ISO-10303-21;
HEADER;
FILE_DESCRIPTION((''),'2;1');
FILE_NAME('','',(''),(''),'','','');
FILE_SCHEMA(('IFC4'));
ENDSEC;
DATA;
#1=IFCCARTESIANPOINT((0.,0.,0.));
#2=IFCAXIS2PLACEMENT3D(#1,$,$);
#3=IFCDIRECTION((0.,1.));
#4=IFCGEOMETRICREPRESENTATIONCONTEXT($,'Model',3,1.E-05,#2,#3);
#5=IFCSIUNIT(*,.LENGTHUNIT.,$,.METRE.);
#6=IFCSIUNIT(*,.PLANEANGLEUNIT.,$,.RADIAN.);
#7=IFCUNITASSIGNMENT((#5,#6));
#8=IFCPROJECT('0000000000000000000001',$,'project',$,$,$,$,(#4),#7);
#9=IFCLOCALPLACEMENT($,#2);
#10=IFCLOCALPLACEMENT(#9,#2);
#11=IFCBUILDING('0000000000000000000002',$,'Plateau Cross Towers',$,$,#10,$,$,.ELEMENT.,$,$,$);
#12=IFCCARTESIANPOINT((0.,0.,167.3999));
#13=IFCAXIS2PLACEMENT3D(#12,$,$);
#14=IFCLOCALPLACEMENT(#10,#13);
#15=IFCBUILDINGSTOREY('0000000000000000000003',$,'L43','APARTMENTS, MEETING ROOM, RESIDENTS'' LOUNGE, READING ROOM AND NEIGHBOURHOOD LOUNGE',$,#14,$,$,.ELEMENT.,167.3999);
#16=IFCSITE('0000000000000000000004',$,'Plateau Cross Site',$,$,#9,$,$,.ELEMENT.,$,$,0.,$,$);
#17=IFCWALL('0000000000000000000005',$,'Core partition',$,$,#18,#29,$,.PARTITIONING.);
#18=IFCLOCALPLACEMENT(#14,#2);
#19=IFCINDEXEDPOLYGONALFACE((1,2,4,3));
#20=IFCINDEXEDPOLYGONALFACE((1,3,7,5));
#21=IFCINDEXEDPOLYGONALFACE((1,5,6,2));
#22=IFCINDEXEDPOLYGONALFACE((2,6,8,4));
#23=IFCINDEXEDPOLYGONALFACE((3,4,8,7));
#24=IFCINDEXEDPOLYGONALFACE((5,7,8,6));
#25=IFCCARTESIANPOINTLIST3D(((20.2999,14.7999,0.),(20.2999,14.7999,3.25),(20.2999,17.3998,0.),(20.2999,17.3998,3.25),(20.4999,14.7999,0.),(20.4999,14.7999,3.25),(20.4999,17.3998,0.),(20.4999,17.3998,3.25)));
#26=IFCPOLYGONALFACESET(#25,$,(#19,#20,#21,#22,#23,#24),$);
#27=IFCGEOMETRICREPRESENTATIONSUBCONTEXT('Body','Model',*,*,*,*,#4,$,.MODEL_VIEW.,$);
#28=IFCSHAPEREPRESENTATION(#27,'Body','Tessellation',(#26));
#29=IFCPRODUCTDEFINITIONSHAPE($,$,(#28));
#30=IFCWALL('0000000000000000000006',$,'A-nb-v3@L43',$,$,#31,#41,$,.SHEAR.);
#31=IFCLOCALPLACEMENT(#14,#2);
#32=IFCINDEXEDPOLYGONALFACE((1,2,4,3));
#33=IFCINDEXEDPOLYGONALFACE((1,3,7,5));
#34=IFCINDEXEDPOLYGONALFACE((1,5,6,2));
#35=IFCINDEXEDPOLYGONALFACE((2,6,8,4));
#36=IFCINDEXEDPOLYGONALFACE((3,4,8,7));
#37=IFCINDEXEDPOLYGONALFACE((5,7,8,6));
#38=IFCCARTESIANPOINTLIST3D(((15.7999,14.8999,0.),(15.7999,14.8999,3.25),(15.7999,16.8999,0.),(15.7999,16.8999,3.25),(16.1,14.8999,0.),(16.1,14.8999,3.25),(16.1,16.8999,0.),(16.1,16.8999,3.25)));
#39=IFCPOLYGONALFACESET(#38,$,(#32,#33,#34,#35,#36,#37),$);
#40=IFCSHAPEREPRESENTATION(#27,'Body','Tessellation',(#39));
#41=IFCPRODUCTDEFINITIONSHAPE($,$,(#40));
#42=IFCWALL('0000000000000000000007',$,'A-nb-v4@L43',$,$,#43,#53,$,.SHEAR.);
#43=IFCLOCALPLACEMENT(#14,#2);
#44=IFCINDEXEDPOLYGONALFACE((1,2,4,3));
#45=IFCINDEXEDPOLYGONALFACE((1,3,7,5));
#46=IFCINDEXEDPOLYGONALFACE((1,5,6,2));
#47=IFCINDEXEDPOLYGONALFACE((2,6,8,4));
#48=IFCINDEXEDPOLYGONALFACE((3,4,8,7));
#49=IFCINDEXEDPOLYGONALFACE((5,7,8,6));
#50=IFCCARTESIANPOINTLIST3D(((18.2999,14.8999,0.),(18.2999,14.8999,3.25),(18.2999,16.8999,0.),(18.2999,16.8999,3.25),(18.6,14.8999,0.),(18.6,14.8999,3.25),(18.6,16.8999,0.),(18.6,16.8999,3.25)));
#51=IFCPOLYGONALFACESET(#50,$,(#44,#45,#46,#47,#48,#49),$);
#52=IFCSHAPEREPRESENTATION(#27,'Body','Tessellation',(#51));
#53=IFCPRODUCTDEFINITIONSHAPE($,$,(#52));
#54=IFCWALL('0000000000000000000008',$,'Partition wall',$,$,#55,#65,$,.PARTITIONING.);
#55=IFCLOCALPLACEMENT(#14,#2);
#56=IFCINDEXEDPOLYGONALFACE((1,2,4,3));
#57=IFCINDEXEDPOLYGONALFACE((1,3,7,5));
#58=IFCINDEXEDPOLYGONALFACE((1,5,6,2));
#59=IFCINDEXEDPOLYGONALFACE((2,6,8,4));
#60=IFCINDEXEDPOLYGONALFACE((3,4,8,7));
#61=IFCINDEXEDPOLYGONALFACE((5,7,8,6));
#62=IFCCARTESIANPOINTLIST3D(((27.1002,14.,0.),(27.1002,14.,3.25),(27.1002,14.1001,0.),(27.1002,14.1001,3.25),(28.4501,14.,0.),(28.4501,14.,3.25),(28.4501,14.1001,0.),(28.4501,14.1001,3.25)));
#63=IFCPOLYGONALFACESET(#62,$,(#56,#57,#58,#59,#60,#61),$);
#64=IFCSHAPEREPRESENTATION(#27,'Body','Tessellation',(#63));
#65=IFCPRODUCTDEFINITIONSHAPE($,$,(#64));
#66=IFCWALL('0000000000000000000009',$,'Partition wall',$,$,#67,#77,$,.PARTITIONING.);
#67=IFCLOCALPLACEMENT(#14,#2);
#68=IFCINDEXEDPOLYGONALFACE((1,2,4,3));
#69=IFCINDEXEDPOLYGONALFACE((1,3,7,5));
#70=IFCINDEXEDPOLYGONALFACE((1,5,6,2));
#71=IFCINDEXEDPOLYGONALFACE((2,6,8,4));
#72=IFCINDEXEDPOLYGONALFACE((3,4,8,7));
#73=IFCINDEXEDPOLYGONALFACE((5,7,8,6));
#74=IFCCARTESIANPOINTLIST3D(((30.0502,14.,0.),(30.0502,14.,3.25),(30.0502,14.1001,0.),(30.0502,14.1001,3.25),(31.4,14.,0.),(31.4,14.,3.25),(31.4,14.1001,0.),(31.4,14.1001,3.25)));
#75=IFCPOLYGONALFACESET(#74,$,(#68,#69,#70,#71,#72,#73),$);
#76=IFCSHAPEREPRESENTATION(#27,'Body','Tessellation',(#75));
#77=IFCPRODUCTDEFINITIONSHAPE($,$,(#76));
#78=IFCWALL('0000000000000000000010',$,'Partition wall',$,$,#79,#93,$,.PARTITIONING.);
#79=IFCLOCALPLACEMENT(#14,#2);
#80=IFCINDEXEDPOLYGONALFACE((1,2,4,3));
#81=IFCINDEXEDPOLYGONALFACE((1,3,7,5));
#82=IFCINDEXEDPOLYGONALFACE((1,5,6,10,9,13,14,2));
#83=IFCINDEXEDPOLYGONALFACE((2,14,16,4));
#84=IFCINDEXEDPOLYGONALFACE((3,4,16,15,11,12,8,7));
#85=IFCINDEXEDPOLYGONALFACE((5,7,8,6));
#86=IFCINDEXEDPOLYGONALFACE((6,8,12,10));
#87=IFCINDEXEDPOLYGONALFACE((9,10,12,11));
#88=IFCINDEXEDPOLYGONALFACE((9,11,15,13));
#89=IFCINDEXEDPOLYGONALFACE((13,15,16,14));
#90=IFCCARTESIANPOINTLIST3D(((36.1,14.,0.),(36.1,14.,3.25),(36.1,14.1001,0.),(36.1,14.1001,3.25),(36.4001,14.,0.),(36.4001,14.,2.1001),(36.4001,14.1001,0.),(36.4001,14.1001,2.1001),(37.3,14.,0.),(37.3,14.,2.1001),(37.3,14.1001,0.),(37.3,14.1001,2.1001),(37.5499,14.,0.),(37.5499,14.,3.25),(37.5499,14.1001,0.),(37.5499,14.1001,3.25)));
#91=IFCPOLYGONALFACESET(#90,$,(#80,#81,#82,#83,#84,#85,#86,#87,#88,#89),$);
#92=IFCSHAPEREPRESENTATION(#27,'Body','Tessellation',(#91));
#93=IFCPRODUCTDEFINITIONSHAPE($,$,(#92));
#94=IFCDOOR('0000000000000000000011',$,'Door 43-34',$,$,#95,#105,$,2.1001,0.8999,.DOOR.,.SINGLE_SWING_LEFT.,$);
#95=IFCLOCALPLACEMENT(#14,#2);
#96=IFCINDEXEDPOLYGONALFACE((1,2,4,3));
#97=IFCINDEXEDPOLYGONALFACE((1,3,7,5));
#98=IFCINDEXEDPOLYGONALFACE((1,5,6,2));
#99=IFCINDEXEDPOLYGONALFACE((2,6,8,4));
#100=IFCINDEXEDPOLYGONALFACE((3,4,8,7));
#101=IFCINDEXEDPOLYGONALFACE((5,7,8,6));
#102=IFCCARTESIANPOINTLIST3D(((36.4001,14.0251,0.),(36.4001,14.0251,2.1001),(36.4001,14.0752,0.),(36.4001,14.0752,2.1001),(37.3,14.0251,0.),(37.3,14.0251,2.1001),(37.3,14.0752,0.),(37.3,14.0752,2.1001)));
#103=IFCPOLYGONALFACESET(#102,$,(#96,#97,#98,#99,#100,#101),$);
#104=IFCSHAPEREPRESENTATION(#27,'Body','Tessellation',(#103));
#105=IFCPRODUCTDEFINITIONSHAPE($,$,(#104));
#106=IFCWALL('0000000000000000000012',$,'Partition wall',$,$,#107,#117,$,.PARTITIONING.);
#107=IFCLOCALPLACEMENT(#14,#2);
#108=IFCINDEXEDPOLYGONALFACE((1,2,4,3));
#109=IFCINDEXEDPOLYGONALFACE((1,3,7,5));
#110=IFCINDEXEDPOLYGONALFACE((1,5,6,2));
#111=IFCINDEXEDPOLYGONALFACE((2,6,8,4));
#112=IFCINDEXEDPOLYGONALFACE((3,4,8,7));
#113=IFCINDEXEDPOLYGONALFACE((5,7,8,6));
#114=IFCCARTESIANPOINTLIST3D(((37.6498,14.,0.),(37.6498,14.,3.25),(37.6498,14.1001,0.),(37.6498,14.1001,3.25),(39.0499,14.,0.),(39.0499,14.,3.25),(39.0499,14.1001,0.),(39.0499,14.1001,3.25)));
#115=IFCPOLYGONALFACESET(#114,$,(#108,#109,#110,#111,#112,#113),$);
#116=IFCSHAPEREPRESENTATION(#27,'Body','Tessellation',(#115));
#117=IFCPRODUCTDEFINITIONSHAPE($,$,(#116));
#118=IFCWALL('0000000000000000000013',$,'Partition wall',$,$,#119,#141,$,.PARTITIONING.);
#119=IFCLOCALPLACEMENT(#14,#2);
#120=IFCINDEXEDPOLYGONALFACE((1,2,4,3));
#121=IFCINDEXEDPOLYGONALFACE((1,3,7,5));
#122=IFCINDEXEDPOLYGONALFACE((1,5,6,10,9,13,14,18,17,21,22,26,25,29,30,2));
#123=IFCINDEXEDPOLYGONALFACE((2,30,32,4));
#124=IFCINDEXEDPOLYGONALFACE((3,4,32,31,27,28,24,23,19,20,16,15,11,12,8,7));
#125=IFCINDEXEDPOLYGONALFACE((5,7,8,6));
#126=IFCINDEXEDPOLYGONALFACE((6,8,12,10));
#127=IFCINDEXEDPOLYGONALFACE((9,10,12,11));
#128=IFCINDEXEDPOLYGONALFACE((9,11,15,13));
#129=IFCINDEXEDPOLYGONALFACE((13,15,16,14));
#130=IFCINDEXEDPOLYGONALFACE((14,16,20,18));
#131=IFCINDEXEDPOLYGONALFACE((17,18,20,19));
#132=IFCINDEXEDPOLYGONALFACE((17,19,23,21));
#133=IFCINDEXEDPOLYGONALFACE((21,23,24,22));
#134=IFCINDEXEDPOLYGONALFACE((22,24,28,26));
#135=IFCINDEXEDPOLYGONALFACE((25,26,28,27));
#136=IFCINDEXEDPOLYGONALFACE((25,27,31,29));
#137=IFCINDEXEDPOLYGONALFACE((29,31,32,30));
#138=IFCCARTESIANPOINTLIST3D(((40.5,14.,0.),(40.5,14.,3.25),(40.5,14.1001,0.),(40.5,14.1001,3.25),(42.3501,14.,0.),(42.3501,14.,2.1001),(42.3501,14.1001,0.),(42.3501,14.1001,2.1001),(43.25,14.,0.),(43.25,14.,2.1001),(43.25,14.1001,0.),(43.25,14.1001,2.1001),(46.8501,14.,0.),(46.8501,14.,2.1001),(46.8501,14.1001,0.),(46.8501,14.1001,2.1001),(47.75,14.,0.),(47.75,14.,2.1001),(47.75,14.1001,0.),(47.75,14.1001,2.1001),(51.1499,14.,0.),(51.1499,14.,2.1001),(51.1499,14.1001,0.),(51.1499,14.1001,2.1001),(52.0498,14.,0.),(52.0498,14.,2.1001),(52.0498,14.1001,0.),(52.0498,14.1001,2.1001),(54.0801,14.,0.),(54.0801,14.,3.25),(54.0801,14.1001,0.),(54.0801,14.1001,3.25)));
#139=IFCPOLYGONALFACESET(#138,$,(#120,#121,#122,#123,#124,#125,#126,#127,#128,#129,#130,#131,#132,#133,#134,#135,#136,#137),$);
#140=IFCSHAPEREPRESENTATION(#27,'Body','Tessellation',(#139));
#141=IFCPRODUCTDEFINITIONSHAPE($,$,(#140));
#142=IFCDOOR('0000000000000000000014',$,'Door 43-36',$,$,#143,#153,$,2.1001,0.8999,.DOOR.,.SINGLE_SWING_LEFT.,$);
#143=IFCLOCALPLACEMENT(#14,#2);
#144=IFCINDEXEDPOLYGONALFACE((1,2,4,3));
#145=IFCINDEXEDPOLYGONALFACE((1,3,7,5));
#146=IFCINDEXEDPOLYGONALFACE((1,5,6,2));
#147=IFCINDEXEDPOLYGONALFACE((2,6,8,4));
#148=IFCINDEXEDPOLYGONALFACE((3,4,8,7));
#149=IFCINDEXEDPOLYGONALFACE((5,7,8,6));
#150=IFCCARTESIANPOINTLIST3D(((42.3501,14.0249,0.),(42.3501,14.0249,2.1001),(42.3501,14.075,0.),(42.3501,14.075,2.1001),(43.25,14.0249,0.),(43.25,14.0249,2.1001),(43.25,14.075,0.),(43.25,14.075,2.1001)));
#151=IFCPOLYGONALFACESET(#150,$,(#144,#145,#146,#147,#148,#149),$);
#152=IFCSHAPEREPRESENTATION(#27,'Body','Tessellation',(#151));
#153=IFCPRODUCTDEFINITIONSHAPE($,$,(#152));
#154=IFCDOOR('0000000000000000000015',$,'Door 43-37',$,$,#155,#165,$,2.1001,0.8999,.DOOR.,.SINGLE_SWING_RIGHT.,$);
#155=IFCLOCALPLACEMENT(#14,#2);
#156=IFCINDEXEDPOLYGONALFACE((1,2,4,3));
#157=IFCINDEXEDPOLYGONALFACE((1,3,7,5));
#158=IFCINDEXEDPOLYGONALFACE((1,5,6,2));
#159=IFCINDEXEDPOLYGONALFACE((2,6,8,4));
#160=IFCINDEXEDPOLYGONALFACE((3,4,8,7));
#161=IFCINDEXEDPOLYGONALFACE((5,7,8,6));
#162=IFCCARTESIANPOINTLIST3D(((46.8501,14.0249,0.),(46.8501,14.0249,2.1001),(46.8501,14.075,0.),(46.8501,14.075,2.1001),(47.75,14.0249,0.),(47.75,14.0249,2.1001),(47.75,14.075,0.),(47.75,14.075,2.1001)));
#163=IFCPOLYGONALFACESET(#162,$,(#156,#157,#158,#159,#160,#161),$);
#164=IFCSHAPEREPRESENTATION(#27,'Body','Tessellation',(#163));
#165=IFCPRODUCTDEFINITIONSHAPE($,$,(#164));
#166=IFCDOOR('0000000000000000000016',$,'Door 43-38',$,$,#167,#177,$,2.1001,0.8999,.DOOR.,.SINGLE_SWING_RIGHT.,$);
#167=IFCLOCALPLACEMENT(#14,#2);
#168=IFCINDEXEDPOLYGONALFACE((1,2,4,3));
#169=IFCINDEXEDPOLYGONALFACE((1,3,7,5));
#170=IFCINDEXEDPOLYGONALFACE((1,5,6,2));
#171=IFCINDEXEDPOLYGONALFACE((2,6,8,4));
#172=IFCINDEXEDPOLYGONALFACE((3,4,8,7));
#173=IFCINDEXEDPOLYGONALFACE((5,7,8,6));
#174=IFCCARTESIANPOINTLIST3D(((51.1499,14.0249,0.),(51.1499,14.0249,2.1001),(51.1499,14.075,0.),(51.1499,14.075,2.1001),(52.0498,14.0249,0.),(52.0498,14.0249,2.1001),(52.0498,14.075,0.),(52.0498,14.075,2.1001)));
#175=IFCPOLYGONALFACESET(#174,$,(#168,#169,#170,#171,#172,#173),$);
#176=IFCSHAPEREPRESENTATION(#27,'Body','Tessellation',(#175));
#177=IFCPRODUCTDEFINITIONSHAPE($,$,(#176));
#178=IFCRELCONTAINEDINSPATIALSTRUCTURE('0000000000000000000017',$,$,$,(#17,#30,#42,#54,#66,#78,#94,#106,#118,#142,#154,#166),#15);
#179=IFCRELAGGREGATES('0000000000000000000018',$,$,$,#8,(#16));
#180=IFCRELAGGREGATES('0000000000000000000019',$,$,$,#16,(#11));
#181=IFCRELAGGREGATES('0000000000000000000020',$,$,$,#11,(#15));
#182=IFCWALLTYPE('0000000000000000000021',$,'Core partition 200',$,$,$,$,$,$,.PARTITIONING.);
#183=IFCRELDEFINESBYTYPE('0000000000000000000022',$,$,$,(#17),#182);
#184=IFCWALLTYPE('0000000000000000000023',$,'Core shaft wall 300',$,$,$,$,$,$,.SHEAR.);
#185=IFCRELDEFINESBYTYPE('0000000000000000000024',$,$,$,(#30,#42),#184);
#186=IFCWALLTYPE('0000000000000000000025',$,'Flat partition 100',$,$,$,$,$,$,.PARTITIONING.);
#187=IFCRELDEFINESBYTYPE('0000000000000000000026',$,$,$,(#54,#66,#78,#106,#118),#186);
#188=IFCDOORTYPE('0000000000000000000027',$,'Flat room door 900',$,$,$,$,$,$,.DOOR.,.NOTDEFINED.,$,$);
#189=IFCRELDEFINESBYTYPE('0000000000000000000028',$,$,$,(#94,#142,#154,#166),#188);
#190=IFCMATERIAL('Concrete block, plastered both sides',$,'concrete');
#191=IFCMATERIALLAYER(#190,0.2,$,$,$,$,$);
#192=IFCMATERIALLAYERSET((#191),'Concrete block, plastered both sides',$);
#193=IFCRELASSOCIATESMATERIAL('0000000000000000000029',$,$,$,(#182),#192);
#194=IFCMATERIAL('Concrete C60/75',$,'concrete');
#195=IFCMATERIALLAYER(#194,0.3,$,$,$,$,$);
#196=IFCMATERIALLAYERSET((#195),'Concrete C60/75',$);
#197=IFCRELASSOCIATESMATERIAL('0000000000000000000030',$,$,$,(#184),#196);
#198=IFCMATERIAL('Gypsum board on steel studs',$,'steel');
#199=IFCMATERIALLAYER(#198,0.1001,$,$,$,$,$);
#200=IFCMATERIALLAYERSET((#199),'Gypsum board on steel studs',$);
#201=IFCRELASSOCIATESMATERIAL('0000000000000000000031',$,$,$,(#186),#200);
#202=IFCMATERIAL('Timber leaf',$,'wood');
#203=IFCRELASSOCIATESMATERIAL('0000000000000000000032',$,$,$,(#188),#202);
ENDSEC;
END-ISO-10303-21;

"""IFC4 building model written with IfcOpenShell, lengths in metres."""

from ifc_helpers import new_model, si_unit, direction, frame, frame_2d, origin, place, context, subcontext, project, spatial, rectangle, extrude, material, layer, layer_set, type_object, element, fill, save


model = new_model("IFC4")

# Units and contexts
model_context = context("Model", 3, precision=1e-05, world=origin(), true_north=direction((0.0, 1.0)))
body_context = subcontext(model_context, "Body", "Model", "MODEL_VIEW")
ifc_project = project(units=[si_unit("LENGTHUNIT", "METRE"), si_unit("PLANEANGLEUNIT", "RADIAN")], contexts=[model_context])

# Site, building, storey
site_placement = place(None, origin())
site = spatial("IfcSite", under=ifc_project, at=site_placement, Name="Plateau Cross Site", CompositionType="ELEMENT", RefElevation=0.0)
building_placement = place(site_placement, origin())
building = spatial("IfcBuilding", under=site, at=building_placement, Name="Plateau Cross Towers", CompositionType="ELEMENT")
storey_placement = place(building_placement, frame((0.0, 0.0, 167.3999)))
storey = spatial("IfcBuildingStorey", under=building, at=storey_placement, Name="L43", Description="APARTMENTS, MEETING ROOM, RESIDENTS' LOUNGE, READING ROOM AND NEIGHBOURHOOD LOUNGE", CompositionType="ELEMENT", Elevation=167.3999)

# Shared definitions
ifc_material_1 = material(Name="Concrete C60/75", Category="concrete")

# Shared definitions
ifc_material_2 = material(Name="Concrete block, plastered both sides", Category="concrete")
ifc_layer_1 = layer(ifc_material_2, 0.2)
ifc_layer_set_1 = layer_set([ifc_layer_1], Name="Concrete block, plastered both sides")
wall_type_1 = type_object("IfcWallType", Name="Core partition 200", PredefinedType="PARTITIONING", material=ifc_layer_set_1)

# Walls
wall_1_placement = place(storey_placement, frame((20.3999, 14.8, 0.0), z_axis=(0.0, 0.0, 1.0), x_axis=(0.0, 1.0, 0.0)))
element("IfcWall", 1, at=wall_1_placement, inside=storey, type_object=wall_type_1, Name="Core partition", PredefinedType="PARTITIONING", context=body_context, shape_type="SweptSolid", body=[
    extrude(rectangle(XDim=2.5999, YDim=0.2, at=frame_2d((1.2998, 0.0))), origin(), (0.0, 0.0, 1.0), 3.25),
])
ifc_layer_2 = layer(ifc_material_1, 0.3)
ifc_layer_set_2 = layer_set([ifc_layer_2], Name="Concrete C60/75")
wall_type_2 = type_object("IfcWallType", Name="Core shaft wall 300", PredefinedType="SHEAR", material=ifc_layer_set_2)
for number, where, z_axis, x_axis, name in (
    (2, (15.95, 14.8999, 0.0), (0.0, 0.0, 1.0), (0.0, 1.0, 0.0), "A-nb-v3@L43"),
    (3, (18.45, 14.8999, 0.0), (0.0, 0.0, 1.0), (0.0, 1.0, 0.0), "A-nb-v4@L43"),
):
    element("IfcWall", number, at=place(storey_placement, frame(where, z_axis=z_axis, x_axis=x_axis)), inside=storey, type_object=wall_type_2, Name=name, PredefinedType="SHEAR", context=body_context, shape_type="SweptSolid", body=[
        extrude(rectangle(XDim=2.0, YDim=0.3, at=frame_2d((1.0, 0.0))), origin(), (0.0, 0.0, 1.0), 3.25),
    ])
ifc_material_3 = material(Name="Gypsum board on steel studs", Category="steel")
ifc_layer_3 = layer(ifc_material_3, 0.1001)
ifc_layer_set_3 = layer_set([ifc_layer_3], Name="Gypsum board on steel studs")
wall_type_3 = type_object("IfcWallType", Name="Flat partition 100", PredefinedType="PARTITIONING", material=ifc_layer_set_3)
for number, where, z_axis, x_axis, name in (
    (4, (28.45, 14.05, 0.0), (0.0, 0.0, 1.0), (-1.0, 0.0, 0.0), "Partition wall"),
    (5, (31.3999, 14.05, 0.0), (0.0, 0.0, 1.0), (-1.0, 0.0, 0.0), "Partition wall"),
):
    element("IfcWall", number, at=place(storey_placement, frame(where, z_axis=z_axis, x_axis=x_axis)), inside=storey, type_object=wall_type_3, Name=name, PredefinedType="PARTITIONING", context=body_context, shape_type="SweptSolid", body=[
        extrude(rectangle(XDim=1.3499, YDim=0.1001, at=frame_2d((0.6748, 0.0))), origin(), (0.0, 0.0, 1.0), 3.25),
    ])

# Wall, opening, door
wall_2_placement = place(storey_placement, frame((37.55, 14.05, 0.0), z_axis=(0.0, 0.0, 1.0), x_axis=(-1.0, 0.0, 0.0)))
wall_2 = element("IfcWall", 6, at=wall_2_placement, inside=storey, type_object=wall_type_3, Name="Partition wall", PredefinedType="PARTITIONING", context=body_context, shape_type="SweptSolid", body=[
    extrude(rectangle(XDim=1.45, YDim=0.1001, at=frame_2d((0.7251, 0.0))), origin(), (0.0, 0.0, 1.0), 3.25),
])
opening_1_placement = place(wall_2_placement, frame((0.25, 0.0, 0.0)))
opening_1 = element("IfcOpeningElement", 7, at=opening_1_placement, cuts=wall_2, PredefinedType="OPENING", context=body_context, shape_type="SweptSolid", body=[
    extrude(rectangle(XDim=0.8999, YDim=2.1001, at=frame_2d((0.45, 1.05))), frame((0.0, 0.0601, 0.0), z_axis=(0.0, -1.0, 0.0), x_axis=(1.0, 0.0, 0.0)), (0.0, 0.0, 1.0), 0.1201),
])
ifc_material_4 = material(Name="Timber leaf", Category="wood")
door_type_1 = type_object("IfcDoorType", Name="Flat room door 900", OperationType="NOTDEFINED", PredefinedType="DOOR", material=ifc_material_4)
door_1_placement = place(opening_1_placement, origin())
door_1 = element("IfcDoor", 8, at=door_1_placement, inside=storey, type_object=door_type_1, Name="Door 43-34", OperationType="SINGLE_SWING_LEFT", OverallHeight=2.1001, OverallWidth=0.8999, PredefinedType="DOOR", context=body_context, shape_type="SweptSolid", body=[
    extrude(rectangle(XDim=0.8999, YDim=2.1001, at=frame_2d((0.45, 1.05))), frame((0.0, 0.0249, 0.0), z_axis=(0.0, -1.0, 0.0), x_axis=(1.0, 0.0, 0.0)), (0.0, 0.0, 1.0), 0.05),
])
fill(opening_1, door_1)

# Wall
wall_3_placement = place(storey_placement, frame((39.05, 14.05, 0.0), z_axis=(0.0, 0.0, 1.0), x_axis=(-1.0, 0.0, 0.0)))
element("IfcWall", 9, at=wall_3_placement, inside=storey, type_object=wall_type_3, Name="Partition wall", PredefinedType="PARTITIONING", context=body_context, shape_type="SweptSolid", body=[
    extrude(rectangle(XDim=1.4001, YDim=0.1001, at=frame_2d((0.7002, 0.0))), origin(), (0.0, 0.0, 1.0), 3.25),
])

# Wall, openings, doors
wall_4_placement = place(storey_placement, frame((40.5, 14.05, 0.0), z_axis=(0.0, 0.0, 1.0), x_axis=(1.0, 0.0, 0.0)))
wall_4 = element("IfcWall", 10, at=wall_4_placement, inside=storey, type_object=wall_type_3, Name="Partition wall", PredefinedType="PARTITIONING", context=body_context, shape_type="SweptSolid", body=[
    extrude(rectangle(XDim=13.5801, YDim=0.1001, at=frame_2d((6.79, 0.0))), origin(), (0.0, 0.0, 1.0), 3.25),
])
opening_2_placement = place(wall_4_placement, frame((1.8501, 0.0, 0.0)))
opening_2 = element("IfcOpeningElement", 11, at=opening_2_placement, cuts=wall_4, PredefinedType="OPENING", context=body_context, shape_type="SweptSolid", body=[
    extrude(rectangle(XDim=0.8999, YDim=2.1001, at=frame_2d((0.45, 1.05))), frame((0.0, 0.0601, 0.0), z_axis=(0.0, -1.0, 0.0), x_axis=(1.0, 0.0, 0.0)), (0.0, 0.0, 1.0), 0.1201),
])
opening_3_placement = place(wall_4_placement, frame((6.3501, 0.0, 0.0)))
opening_3 = element("IfcOpeningElement", 12, at=opening_3_placement, cuts=wall_4, PredefinedType="OPENING", context=body_context, shape_type="SweptSolid", body=[
    extrude(rectangle(XDim=0.8999, YDim=2.1001, at=frame_2d((0.45, 1.05))), frame((0.0, 0.0601, 0.0), z_axis=(0.0, -1.0, 0.0), x_axis=(1.0, 0.0, 0.0)), (0.0, 0.0, 1.0), 0.1201),
])
opening_4_placement = place(wall_4_placement, frame((10.6499, 0.0, 0.0)))
opening_4 = element("IfcOpeningElement", 13, at=opening_4_placement, cuts=wall_4, PredefinedType="OPENING", context=body_context, shape_type="SweptSolid", body=[
    extrude(rectangle(XDim=0.8999, YDim=2.1001, at=frame_2d((0.45, 1.05))), frame((0.0, 0.0601, 0.0), z_axis=(0.0, -1.0, 0.0), x_axis=(1.0, 0.0, 0.0)), (0.0, 0.0, 1.0), 0.1201),
])
door_2_placement = place(opening_2_placement, origin())
door_2 = element("IfcDoor", 14, at=door_2_placement, inside=storey, type_object=door_type_1, Name="Door 43-36", OperationType="SINGLE_SWING_LEFT", OverallHeight=2.1001, OverallWidth=0.8999, PredefinedType="DOOR", context=body_context, shape_type="SweptSolid", body=[
    extrude(rectangle(XDim=0.8999, YDim=2.1001, at=frame_2d((0.45, 1.05))), frame((0.0, 0.0249, 0.0), z_axis=(0.0, -1.0, 0.0), x_axis=(1.0, 0.0, 0.0)), (0.0, 0.0, 1.0), 0.05),
])
fill(opening_2, door_2)
door_3_placement = place(opening_3_placement, origin())
door_3 = element("IfcDoor", 15, at=door_3_placement, inside=storey, type_object=door_type_1, Name="Door 43-37", OperationType="SINGLE_SWING_RIGHT", OverallHeight=2.1001, OverallWidth=0.8999, PredefinedType="DOOR", context=body_context, shape_type="SweptSolid", body=[
    extrude(rectangle(XDim=0.8999, YDim=2.1001, at=frame_2d((0.45, 1.05))), frame((0.0, 0.0249, 0.0), z_axis=(0.0, -1.0, 0.0), x_axis=(1.0, 0.0, 0.0)), (0.0, 0.0, 1.0), 0.05),
])
fill(opening_3, door_3)
door_4_placement = place(opening_4_placement, origin())
door_4 = element("IfcDoor", 16, at=door_4_placement, inside=storey, type_object=door_type_1, Name="Door 43-38", OperationType="SINGLE_SWING_RIGHT", OverallHeight=2.1001, OverallWidth=0.8999, PredefinedType="DOOR", context=body_context, shape_type="SweptSolid", body=[
    extrude(rectangle(XDim=0.8999, YDim=2.1001, at=frame_2d((0.45, 1.05))), frame((0.0, 0.0249, 0.0), z_axis=(0.0, -1.0, 0.0), x_axis=(1.0, 0.0, 0.0)), (0.0, 0.0, 1.0), 0.05),
])
fill(opening_4, door_4)

save(model, "model.ifc")
